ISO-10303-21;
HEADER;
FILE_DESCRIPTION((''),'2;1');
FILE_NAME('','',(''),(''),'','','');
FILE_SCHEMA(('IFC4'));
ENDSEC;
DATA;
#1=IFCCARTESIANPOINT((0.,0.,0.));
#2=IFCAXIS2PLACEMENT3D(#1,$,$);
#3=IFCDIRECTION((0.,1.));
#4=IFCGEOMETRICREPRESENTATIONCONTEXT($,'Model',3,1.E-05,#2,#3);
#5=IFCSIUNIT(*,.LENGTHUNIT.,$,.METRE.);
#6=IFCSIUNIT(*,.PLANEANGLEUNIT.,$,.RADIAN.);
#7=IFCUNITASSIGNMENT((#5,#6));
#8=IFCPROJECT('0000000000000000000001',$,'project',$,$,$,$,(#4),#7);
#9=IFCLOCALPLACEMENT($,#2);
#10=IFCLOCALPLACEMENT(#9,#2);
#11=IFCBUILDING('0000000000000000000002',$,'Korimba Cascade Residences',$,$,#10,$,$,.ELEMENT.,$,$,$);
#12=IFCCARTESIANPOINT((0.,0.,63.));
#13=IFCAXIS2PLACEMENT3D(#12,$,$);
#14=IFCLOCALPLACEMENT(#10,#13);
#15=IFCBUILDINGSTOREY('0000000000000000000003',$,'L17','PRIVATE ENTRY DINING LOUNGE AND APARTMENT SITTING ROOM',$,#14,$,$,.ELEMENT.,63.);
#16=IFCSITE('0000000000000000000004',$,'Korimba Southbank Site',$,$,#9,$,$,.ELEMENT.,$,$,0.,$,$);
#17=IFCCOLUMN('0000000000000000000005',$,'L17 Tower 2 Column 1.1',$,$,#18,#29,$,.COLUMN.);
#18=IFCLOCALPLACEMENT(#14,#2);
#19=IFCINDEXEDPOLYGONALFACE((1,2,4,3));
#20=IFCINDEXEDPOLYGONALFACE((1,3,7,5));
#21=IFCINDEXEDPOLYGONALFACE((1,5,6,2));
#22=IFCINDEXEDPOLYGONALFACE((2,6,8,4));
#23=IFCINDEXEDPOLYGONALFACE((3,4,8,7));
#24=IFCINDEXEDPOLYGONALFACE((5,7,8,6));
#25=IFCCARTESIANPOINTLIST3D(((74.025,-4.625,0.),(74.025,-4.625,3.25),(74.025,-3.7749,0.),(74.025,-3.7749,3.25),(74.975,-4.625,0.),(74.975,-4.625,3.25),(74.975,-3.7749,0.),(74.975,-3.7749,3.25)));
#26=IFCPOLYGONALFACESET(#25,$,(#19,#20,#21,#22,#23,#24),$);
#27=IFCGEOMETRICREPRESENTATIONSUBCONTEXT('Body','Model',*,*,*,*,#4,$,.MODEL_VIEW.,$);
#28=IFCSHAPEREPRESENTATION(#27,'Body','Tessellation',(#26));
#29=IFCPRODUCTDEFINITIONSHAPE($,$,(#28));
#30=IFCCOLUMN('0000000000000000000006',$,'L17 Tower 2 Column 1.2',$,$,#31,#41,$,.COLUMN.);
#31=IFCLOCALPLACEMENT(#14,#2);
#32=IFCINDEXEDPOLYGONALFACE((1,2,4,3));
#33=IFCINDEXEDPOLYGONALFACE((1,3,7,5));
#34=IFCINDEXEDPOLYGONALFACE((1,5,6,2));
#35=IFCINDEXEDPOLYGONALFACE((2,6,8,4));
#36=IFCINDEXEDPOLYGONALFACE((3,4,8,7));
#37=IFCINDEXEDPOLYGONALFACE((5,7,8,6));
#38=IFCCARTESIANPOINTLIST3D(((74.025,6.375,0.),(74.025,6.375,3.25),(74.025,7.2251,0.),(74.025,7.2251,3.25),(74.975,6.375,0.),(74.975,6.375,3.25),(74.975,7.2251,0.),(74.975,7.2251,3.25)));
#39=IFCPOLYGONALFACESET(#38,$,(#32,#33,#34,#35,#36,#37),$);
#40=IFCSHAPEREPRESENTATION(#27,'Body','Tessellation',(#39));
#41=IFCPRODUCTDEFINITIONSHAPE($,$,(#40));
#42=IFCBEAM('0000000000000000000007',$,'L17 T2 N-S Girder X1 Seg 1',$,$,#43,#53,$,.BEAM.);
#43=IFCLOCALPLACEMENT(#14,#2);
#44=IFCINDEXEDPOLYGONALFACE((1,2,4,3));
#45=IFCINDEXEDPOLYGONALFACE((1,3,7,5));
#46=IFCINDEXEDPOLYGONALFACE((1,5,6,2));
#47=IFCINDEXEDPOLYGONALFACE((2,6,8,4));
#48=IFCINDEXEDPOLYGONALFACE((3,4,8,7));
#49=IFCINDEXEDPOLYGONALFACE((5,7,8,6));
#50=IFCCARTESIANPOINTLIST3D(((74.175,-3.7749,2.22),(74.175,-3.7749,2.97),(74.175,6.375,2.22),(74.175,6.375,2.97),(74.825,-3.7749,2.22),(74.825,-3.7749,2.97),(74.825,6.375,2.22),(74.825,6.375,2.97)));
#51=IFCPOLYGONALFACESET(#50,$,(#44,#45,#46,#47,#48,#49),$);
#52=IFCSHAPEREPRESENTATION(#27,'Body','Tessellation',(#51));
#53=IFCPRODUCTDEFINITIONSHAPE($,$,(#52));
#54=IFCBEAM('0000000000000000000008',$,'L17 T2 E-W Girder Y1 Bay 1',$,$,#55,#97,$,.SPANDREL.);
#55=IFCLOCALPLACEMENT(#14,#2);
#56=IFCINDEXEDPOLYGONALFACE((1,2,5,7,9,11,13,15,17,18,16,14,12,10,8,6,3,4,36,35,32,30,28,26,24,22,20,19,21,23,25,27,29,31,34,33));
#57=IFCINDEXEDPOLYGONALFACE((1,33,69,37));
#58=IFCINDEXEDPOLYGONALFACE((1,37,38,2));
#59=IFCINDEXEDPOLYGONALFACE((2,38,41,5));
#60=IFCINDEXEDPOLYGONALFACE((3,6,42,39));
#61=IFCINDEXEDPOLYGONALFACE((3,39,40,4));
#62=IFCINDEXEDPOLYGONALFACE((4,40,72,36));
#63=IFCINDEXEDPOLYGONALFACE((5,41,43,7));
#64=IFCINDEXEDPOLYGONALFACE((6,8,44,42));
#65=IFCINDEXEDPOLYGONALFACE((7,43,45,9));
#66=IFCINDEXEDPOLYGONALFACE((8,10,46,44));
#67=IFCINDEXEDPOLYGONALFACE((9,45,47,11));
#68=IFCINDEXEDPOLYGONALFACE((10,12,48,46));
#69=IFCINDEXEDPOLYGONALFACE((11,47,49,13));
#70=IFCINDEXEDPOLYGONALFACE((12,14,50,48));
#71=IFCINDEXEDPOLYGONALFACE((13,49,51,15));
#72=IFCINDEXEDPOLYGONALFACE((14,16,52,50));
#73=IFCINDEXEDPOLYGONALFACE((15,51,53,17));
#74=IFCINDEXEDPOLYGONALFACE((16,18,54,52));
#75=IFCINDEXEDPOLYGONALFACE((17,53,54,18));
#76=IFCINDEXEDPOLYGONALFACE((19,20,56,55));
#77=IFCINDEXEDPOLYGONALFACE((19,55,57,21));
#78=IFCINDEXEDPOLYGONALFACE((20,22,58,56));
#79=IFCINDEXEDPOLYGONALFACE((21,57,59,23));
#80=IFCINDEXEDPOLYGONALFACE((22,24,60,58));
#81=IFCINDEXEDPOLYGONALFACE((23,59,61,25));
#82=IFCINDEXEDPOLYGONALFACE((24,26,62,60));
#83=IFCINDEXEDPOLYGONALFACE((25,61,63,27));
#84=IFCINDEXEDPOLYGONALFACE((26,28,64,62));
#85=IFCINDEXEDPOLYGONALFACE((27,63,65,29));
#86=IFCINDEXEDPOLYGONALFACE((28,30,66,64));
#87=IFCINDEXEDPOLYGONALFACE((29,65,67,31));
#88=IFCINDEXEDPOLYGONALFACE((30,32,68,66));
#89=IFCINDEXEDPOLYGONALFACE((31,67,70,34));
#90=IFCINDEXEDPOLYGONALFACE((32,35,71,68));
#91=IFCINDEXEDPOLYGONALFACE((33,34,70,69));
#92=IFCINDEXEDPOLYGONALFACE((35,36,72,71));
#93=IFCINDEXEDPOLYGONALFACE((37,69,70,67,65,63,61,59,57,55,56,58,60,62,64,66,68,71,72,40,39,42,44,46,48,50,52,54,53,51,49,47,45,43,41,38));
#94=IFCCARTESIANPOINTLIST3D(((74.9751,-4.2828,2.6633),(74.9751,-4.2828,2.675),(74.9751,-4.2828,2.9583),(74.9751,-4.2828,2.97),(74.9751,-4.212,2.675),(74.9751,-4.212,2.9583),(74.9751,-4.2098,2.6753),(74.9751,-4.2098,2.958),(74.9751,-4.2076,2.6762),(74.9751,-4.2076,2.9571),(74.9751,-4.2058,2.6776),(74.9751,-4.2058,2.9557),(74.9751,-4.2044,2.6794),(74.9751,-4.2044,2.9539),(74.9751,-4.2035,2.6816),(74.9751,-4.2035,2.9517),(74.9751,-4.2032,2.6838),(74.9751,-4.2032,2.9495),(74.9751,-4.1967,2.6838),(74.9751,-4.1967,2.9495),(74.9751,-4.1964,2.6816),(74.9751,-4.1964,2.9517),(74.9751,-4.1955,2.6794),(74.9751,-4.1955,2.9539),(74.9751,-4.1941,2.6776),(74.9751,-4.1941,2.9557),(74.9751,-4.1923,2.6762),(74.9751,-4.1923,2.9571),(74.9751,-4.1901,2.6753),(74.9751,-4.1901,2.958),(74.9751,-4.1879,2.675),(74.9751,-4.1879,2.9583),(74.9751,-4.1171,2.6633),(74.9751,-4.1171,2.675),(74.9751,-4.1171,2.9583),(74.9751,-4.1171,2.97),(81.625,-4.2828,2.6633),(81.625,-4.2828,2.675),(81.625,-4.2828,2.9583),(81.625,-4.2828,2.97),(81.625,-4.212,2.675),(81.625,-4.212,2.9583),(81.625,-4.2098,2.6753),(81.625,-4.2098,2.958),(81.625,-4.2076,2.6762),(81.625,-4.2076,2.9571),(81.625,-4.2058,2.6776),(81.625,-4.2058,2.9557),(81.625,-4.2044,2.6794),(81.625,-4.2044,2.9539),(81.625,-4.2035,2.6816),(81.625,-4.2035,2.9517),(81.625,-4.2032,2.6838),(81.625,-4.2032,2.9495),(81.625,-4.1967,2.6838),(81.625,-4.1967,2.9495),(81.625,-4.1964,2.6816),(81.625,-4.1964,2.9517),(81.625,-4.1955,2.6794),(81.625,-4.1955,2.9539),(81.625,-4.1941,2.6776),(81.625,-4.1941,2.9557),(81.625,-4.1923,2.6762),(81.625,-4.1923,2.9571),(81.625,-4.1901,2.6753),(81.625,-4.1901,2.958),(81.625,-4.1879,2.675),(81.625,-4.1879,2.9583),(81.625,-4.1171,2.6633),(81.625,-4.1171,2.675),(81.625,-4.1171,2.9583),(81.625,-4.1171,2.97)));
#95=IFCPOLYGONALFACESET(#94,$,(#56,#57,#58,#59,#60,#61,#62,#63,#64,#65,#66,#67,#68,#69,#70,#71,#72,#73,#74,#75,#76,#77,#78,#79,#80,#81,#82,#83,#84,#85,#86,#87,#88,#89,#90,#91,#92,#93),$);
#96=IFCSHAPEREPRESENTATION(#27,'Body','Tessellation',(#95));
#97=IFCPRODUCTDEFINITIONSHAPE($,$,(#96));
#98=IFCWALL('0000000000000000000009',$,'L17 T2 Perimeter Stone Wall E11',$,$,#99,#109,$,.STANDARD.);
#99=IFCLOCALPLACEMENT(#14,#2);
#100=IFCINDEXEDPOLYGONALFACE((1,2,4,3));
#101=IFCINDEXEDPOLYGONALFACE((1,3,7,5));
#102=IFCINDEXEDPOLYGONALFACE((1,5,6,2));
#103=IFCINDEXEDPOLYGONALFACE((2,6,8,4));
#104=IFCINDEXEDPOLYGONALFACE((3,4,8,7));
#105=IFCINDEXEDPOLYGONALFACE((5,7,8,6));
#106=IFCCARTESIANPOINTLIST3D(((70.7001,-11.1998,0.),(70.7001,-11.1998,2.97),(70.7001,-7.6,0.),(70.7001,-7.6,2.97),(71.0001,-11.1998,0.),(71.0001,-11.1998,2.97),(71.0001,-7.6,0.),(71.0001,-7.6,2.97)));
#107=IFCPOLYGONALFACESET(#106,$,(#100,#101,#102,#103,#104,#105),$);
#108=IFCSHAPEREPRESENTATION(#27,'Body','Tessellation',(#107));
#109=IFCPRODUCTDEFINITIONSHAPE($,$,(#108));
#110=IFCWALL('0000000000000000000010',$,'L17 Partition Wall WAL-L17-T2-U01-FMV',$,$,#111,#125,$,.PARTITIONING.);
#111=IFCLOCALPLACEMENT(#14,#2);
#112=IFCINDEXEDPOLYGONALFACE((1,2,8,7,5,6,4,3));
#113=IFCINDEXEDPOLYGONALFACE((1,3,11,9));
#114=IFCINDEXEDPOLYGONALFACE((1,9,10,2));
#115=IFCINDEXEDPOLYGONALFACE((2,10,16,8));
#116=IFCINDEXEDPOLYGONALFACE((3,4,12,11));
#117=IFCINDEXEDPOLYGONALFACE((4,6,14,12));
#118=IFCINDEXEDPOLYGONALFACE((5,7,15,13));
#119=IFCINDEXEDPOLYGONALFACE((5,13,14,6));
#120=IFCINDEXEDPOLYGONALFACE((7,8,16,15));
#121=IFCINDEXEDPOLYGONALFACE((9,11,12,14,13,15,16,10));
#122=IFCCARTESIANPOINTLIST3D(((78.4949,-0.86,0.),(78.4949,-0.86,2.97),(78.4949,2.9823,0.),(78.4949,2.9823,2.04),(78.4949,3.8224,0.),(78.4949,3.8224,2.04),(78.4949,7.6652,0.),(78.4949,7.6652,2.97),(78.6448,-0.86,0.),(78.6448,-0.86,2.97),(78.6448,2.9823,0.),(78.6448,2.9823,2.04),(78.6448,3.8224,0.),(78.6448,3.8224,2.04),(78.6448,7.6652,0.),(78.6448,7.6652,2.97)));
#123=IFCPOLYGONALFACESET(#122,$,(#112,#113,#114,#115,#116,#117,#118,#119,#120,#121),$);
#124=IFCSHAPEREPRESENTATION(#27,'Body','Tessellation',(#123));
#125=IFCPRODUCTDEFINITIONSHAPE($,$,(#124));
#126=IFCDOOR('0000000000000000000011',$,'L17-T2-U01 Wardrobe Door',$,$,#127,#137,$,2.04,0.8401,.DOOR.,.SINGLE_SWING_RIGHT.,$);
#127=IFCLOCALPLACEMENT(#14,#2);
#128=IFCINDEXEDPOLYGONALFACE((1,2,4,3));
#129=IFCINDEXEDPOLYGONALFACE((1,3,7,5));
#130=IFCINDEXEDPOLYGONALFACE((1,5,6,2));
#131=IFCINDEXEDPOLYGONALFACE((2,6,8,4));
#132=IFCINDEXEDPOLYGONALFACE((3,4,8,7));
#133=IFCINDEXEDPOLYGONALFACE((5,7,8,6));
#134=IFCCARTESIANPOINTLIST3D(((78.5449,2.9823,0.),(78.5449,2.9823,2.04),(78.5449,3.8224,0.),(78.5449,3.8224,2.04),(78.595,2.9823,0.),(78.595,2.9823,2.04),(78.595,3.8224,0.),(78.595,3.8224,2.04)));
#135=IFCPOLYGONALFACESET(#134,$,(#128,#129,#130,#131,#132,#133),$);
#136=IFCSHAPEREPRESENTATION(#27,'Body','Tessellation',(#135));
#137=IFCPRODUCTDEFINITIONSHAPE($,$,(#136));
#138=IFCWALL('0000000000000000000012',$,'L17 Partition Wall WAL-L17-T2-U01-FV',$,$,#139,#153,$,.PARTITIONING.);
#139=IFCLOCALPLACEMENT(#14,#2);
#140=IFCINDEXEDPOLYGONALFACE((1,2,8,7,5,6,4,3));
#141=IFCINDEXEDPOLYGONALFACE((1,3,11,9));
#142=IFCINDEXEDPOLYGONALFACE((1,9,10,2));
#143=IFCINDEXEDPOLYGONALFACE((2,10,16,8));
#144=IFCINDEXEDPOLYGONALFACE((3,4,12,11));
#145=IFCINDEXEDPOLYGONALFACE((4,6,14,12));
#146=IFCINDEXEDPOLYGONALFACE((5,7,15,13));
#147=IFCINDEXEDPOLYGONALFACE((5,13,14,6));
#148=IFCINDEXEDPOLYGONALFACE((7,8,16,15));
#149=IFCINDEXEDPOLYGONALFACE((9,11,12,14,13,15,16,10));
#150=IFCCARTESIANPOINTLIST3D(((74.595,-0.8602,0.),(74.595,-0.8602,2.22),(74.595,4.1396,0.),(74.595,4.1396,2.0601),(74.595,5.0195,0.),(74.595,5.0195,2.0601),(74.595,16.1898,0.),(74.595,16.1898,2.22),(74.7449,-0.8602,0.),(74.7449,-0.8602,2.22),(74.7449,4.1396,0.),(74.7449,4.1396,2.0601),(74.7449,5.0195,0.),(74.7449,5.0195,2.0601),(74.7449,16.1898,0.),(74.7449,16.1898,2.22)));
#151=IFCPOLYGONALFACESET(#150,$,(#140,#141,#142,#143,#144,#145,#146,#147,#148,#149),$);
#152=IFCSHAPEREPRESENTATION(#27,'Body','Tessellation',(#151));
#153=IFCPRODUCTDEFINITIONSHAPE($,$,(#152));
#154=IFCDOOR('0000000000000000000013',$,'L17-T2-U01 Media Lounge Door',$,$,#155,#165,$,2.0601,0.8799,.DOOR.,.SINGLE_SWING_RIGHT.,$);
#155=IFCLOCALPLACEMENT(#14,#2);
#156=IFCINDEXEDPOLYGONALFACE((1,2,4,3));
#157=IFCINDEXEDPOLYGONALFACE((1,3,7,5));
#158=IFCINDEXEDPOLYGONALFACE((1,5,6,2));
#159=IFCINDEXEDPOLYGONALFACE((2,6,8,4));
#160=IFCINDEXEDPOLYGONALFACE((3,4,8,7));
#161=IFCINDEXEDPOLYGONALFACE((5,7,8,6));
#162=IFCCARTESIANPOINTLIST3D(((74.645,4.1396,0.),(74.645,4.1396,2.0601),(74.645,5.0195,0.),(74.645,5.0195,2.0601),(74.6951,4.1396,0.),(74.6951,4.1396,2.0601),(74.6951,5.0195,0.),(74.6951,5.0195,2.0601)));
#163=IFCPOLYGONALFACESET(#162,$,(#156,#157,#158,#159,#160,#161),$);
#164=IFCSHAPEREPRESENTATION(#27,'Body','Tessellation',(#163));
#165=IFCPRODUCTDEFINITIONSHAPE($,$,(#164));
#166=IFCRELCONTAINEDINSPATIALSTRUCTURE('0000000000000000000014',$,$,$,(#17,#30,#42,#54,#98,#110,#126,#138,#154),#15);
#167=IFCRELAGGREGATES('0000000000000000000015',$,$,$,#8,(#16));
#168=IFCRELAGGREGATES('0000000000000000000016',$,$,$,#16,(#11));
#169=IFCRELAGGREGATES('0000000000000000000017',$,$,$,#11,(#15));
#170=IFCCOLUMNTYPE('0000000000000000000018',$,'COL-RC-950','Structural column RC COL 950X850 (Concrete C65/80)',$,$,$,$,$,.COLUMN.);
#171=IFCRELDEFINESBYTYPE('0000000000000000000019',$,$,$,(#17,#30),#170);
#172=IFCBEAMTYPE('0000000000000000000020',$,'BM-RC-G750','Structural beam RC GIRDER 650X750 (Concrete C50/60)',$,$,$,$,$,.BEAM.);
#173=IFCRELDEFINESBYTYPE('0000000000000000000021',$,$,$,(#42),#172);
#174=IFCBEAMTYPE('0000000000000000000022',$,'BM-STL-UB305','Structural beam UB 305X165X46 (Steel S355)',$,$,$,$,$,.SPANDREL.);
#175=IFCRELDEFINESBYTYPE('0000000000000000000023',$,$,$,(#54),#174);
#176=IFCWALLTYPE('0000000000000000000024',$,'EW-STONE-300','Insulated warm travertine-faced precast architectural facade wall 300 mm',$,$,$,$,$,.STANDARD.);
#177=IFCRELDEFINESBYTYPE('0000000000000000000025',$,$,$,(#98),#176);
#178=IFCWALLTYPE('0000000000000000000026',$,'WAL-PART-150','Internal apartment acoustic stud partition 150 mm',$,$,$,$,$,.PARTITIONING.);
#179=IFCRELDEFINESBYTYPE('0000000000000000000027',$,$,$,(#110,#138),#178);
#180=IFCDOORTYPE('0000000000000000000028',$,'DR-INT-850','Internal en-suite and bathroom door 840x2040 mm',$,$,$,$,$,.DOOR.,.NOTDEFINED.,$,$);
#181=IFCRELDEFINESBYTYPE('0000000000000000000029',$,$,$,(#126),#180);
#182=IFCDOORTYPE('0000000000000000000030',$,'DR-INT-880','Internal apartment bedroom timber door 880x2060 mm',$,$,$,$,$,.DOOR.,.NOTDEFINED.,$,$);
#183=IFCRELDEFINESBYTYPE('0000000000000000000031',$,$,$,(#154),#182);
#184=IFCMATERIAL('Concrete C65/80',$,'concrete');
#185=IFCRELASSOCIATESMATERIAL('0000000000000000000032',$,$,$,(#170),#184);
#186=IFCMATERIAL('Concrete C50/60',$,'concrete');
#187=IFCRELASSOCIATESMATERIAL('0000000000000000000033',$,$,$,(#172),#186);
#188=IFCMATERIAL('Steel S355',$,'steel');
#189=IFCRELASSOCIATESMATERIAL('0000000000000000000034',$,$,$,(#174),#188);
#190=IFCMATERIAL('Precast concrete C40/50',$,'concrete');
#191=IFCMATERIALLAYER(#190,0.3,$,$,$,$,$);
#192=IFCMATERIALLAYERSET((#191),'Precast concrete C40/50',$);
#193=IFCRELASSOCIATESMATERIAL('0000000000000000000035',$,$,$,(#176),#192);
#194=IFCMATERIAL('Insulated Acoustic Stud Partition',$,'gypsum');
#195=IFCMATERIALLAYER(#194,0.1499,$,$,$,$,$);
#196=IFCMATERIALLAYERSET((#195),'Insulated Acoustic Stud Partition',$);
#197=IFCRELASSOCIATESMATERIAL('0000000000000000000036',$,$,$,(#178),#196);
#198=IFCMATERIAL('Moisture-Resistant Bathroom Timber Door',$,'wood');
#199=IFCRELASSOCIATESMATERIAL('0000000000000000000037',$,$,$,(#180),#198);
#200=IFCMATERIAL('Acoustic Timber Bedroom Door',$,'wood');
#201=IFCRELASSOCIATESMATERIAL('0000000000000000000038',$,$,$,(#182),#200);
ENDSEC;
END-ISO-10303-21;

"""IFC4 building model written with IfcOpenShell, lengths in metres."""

from ifc_helpers import new_model, si_unit, direction, frame, frame_2d, origin, origin_2d, place, context, subcontext, project, spatial, rectangle, i_section, extrude, material, layer, layer_set, material_profile, profile_set, type_object, element, fill, save


model = new_model("IFC4")

# Units and contexts
model_context = context("Model", 3, precision=1e-05, world=origin(), true_north=direction((0.0, 1.0)))
body_context = subcontext(model_context, "Body", "Model", "MODEL_VIEW")
ifc_project = project(units=[si_unit("LENGTHUNIT", "METRE"), si_unit("PLANEANGLEUNIT", "RADIAN")], contexts=[model_context])

# Site, building, storey
site_placement = place(None, origin())
site = spatial("IfcSite", under=ifc_project, at=site_placement, Name="Korimba Southbank Site", CompositionType="ELEMENT", RefElevation=0.0)
building_placement = place(site_placement, origin())
building = spatial("IfcBuilding", under=site, at=building_placement, Name="Korimba Cascade Residences", CompositionType="ELEMENT")
storey_placement = place(building_placement, frame((0.0, 0.0, 63.0)))
storey = spatial("IfcBuildingStorey", under=building, at=storey_placement, Name="L17", Description="PRIVATE ENTRY DINING LOUNGE AND APARTMENT SITTING ROOM", CompositionType="ELEMENT", Elevation=63.0)

# Columns
ifc_material_1 = material(Name="Concrete C65/80", Category="concrete")
ifc_material_profile_1 = material_profile(ifc_material_1, rectangle(XDim=0.95, YDim=0.8501, at=origin_2d()), Name="Concrete C65/80")
ifc_profile_set_1 = profile_set([ifc_material_profile_1], Name="Concrete C65/80")
column_type = type_object("IfcColumnType", Name="COL-RC-950", Description="Structural column RC COL 950X850 (Concrete C65/80)", PredefinedType="COLUMN", material=ifc_profile_set_1)
for number, where, z_axis, x_axis, name in (
    (1, (74.5, -4.2, 0.0), (0.0, 0.0, 1.0), (1.0, 0.0, 0.0), "L17 Tower 2 Column 1.1"),
    (2, (74.5, 6.8, 0.0), (0.0, 0.0, 1.0), (1.0, 0.0, 0.0), "L17 Tower 2 Column 1.2"),
):
    element("IfcColumn", number, at=place(storey_placement, frame(where, z_axis=z_axis, x_axis=x_axis)), inside=storey, type_object=column_type, Name=name, PredefinedType="COLUMN", context=body_context, shape_type="SweptSolid", body=[
        extrude(rectangle(XDim=0.95, YDim=0.8501, at=origin_2d()), origin(), (0.0, 0.0, 1.0), 3.25),
    ])

# Beams
ifc_material_2 = material(Name="Concrete C50/60", Category="concrete")
ifc_material_profile_2 = material_profile(ifc_material_2, rectangle(XDim=0.6499, YDim=0.75, at=origin_2d()), Name="Concrete C50/60")
ifc_profile_set_2 = profile_set([ifc_material_profile_2], Name="Concrete C50/60")
beam_type_1 = type_object("IfcBeamType", Name="BM-RC-G750", Description="Structural beam RC GIRDER 650X750 (Concrete C50/60)", PredefinedType="BEAM", material=ifc_profile_set_2)
beam_1_placement = place(storey_placement, frame((74.5, -3.7749, 2.595), z_axis=(0.0, 1.0, 0.0), x_axis=(-1.0, 0.0, 0.0)))
element("IfcBeam", 3, at=beam_1_placement, inside=storey, type_object=beam_type_1, Name="L17 T2 N-S Girder X1 Seg 1", PredefinedType="BEAM", context=body_context, shape_type="SweptSolid", body=[
    extrude(rectangle(XDim=0.6499, YDim=0.75, at=origin_2d()), origin(), (0.0, 0.0, 1.0), 10.1499),
])
ifc_material_3 = material(Name="Steel S355", Category="steel")
ifc_material_profile_3 = material_profile(ifc_material_3, i_section(OverallWidth=0.1658, OverallDepth=0.3066, WebThickness=0.0066, FlangeThickness=0.0117, FilletRadius=0.0088, at=origin_2d()), Name="Steel S355")
ifc_profile_set_3 = profile_set([ifc_material_profile_3], Name="Steel S355")
beam_type_2 = type_object("IfcBeamType", Name="BM-STL-UB305", Description="Structural beam UB 305X165X46 (Steel S355)", PredefinedType="SPANDREL", material=ifc_profile_set_3)
beam_2_placement = place(storey_placement, frame((74.9751, -4.2, 2.8167), z_axis=(1.0, 0.0, 0.0), x_axis=(0.0, 1.0, 0.0)))
element("IfcBeam", 4, at=beam_2_placement, inside=storey, type_object=beam_type_2, Name="L17 T2 E-W Girder Y1 Bay 1", PredefinedType="SPANDREL", context=body_context, shape_type="SweptSolid", body=[
    extrude(i_section(OverallWidth=0.1658, OverallDepth=0.3066, WebThickness=0.0066, FlangeThickness=0.0117, FilletRadius=0.0088, at=origin_2d()), origin(), (0.0, 0.0, 1.0), 6.6499),
])

# Wall
ifc_material_4 = material(Name="Precast concrete C40/50", Category="concrete")
ifc_layer_1 = layer(ifc_material_4, 0.3)
ifc_layer_set_1 = layer_set([ifc_layer_1], Name="Precast concrete C40/50")
wall_type_1 = type_object("IfcWallType", Name="EW-STONE-300", Description="Insulated warm travertine-faced precast architectural facade wall 300 mm", PredefinedType="STANDARD", material=ifc_layer_set_1)
wall_1_placement = place(storey_placement, frame((70.8501, -7.6001, 0.0), z_axis=(0.0, 0.0, 1.0), x_axis=(0.0, -1.0, 0.0)))
element("IfcWall", 5, at=wall_1_placement, inside=storey, type_object=wall_type_1, Name="L17 T2 Perimeter Stone Wall E11", PredefinedType="STANDARD", context=body_context, shape_type="SweptSolid", body=[
    extrude(rectangle(XDim=3.5999, YDim=0.3, at=frame_2d((1.7998, 0.0))), origin(), (0.0, 0.0, 1.0), 2.97),
])

# Walls, openings, doors
ifc_material_5 = material(Name="Insulated Acoustic Stud Partition", Category="gypsum")
ifc_layer_2 = layer(ifc_material_5, 0.1499)
ifc_layer_set_2 = layer_set([ifc_layer_2], Name="Insulated Acoustic Stud Partition")
wall_type_2 = type_object("IfcWallType", Name="WAL-PART-150", Description="Internal apartment acoustic stud partition 150 mm", PredefinedType="PARTITIONING", material=ifc_layer_set_2)
wall_2_placement = place(storey_placement, frame((78.5698, -0.8601, 0.0), z_axis=(0.0, 0.0, 1.0), x_axis=(0.0, 1.0, 0.0)))
wall_2 = element("IfcWall", 6, at=wall_2_placement, inside=storey, type_object=wall_type_2, Name="L17 Partition Wall WAL-L17-T2-U01-FMV", PredefinedType="PARTITIONING", context=body_context, shape_type="SweptSolid", body=[
    extrude(rectangle(XDim=8.5251, YDim=0.1499, at=frame_2d((4.2627, 0.0))), origin(), (0.0, 0.0, 1.0), 2.97),
])
opening_1_placement = place(wall_2_placement, frame((3.8425, 0.0, 0.0)))
opening_1 = element("IfcOpeningElement", 7, at=opening_1_placement, cuts=wall_2, PredefinedType="OPENING", context=body_context, shape_type="SweptSolid", body=[
    extrude(rectangle(XDim=0.8401, YDim=2.04, at=frame_2d((0.4199, 1.02))), frame((0.0, 0.085, 0.0), z_axis=(0.0, -1.0, 0.0), x_axis=(1.0, 0.0, 0.0)), (0.0, 0.0, 1.0), 0.1699),
])
ifc_material_6 = material(Name="Moisture-Resistant Bathroom Timber Door", Category="wood")
door_type_1 = type_object("IfcDoorType", Name="DR-INT-850", Description="Internal en-suite and bathroom door 840x2040 mm", OperationType="NOTDEFINED", PredefinedType="DOOR", material=ifc_material_6)
door_1_placement = place(opening_1_placement, origin())
door_1 = element("IfcDoor", 8, at=door_1_placement, inside=storey, type_object=door_type_1, Name="L17-T2-U01 Wardrobe Door", OperationType="SINGLE_SWING_RIGHT", OverallHeight=2.04, OverallWidth=0.8401, PredefinedType="DOOR", context=body_context, shape_type="SweptSolid", body=[
    extrude(rectangle(XDim=0.8401, YDim=2.04, at=frame_2d((0.4199, 1.02))), frame((0.0, 0.0249, 0.0), z_axis=(0.0, -1.0, 0.0), x_axis=(1.0, 0.0, 0.0)), (0.0, 0.0, 1.0), 0.05),
])
fill(opening_1, door_1)
wall_3_placement = place(storey_placement, frame((74.6699, -0.8601, 0.0), z_axis=(0.0, 0.0, 1.0), x_axis=(0.0, 1.0, 0.0)))
wall_3 = element("IfcWall", 9, at=wall_3_placement, inside=storey, type_object=wall_type_2, Name="L17 Partition Wall WAL-L17-T2-U01-FV", PredefinedType="PARTITIONING", context=body_context, shape_type="SweptSolid", body=[
    extrude(rectangle(XDim=17.05, YDim=0.1499, at=frame_2d((8.5249, 0.0))), origin(), (0.0, 0.0, 1.0), 2.22),
])
opening_2_placement = place(wall_3_placement, frame((4.9998, 0.0, 0.0)))
opening_2 = element("IfcOpeningElement", 10, at=opening_2_placement, cuts=wall_3, PredefinedType="OPENING", context=body_context, shape_type="SweptSolid", body=[
    extrude(rectangle(XDim=0.8799, YDim=2.0601, at=frame_2d((0.4399, 1.03))), frame((0.0, 0.085, 0.0), z_axis=(0.0, -1.0, 0.0), x_axis=(1.0, 0.0, 0.0)), (0.0, 0.0, 1.0), 0.1699),
])
ifc_material_7 = material(Name="Acoustic Timber Bedroom Door", Category="wood")
door_type_2 = type_object("IfcDoorType", Name="DR-INT-880", Description="Internal apartment bedroom timber door 880x2060 mm", OperationType="NOTDEFINED", PredefinedType="DOOR", material=ifc_material_7)
door_2_placement = place(opening_2_placement, origin())
door_2 = element("IfcDoor", 11, at=door_2_placement, inside=storey, type_object=door_type_2, Name="L17-T2-U01 Media Lounge Door", OperationType="SINGLE_SWING_RIGHT", OverallHeight=2.0601, OverallWidth=0.8799, PredefinedType="DOOR", context=body_context, shape_type="SweptSolid", body=[
    extrude(rectangle(XDim=0.8799, YDim=2.0601, at=frame_2d((0.4399, 1.03))), frame((0.0, 0.0249, 0.0), z_axis=(0.0, -1.0, 0.0), x_axis=(1.0, 0.0, 0.0)), (0.0, 0.0, 1.0), 0.05),
])
fill(opening_2, door_2)

save(model, "model.ifc")
